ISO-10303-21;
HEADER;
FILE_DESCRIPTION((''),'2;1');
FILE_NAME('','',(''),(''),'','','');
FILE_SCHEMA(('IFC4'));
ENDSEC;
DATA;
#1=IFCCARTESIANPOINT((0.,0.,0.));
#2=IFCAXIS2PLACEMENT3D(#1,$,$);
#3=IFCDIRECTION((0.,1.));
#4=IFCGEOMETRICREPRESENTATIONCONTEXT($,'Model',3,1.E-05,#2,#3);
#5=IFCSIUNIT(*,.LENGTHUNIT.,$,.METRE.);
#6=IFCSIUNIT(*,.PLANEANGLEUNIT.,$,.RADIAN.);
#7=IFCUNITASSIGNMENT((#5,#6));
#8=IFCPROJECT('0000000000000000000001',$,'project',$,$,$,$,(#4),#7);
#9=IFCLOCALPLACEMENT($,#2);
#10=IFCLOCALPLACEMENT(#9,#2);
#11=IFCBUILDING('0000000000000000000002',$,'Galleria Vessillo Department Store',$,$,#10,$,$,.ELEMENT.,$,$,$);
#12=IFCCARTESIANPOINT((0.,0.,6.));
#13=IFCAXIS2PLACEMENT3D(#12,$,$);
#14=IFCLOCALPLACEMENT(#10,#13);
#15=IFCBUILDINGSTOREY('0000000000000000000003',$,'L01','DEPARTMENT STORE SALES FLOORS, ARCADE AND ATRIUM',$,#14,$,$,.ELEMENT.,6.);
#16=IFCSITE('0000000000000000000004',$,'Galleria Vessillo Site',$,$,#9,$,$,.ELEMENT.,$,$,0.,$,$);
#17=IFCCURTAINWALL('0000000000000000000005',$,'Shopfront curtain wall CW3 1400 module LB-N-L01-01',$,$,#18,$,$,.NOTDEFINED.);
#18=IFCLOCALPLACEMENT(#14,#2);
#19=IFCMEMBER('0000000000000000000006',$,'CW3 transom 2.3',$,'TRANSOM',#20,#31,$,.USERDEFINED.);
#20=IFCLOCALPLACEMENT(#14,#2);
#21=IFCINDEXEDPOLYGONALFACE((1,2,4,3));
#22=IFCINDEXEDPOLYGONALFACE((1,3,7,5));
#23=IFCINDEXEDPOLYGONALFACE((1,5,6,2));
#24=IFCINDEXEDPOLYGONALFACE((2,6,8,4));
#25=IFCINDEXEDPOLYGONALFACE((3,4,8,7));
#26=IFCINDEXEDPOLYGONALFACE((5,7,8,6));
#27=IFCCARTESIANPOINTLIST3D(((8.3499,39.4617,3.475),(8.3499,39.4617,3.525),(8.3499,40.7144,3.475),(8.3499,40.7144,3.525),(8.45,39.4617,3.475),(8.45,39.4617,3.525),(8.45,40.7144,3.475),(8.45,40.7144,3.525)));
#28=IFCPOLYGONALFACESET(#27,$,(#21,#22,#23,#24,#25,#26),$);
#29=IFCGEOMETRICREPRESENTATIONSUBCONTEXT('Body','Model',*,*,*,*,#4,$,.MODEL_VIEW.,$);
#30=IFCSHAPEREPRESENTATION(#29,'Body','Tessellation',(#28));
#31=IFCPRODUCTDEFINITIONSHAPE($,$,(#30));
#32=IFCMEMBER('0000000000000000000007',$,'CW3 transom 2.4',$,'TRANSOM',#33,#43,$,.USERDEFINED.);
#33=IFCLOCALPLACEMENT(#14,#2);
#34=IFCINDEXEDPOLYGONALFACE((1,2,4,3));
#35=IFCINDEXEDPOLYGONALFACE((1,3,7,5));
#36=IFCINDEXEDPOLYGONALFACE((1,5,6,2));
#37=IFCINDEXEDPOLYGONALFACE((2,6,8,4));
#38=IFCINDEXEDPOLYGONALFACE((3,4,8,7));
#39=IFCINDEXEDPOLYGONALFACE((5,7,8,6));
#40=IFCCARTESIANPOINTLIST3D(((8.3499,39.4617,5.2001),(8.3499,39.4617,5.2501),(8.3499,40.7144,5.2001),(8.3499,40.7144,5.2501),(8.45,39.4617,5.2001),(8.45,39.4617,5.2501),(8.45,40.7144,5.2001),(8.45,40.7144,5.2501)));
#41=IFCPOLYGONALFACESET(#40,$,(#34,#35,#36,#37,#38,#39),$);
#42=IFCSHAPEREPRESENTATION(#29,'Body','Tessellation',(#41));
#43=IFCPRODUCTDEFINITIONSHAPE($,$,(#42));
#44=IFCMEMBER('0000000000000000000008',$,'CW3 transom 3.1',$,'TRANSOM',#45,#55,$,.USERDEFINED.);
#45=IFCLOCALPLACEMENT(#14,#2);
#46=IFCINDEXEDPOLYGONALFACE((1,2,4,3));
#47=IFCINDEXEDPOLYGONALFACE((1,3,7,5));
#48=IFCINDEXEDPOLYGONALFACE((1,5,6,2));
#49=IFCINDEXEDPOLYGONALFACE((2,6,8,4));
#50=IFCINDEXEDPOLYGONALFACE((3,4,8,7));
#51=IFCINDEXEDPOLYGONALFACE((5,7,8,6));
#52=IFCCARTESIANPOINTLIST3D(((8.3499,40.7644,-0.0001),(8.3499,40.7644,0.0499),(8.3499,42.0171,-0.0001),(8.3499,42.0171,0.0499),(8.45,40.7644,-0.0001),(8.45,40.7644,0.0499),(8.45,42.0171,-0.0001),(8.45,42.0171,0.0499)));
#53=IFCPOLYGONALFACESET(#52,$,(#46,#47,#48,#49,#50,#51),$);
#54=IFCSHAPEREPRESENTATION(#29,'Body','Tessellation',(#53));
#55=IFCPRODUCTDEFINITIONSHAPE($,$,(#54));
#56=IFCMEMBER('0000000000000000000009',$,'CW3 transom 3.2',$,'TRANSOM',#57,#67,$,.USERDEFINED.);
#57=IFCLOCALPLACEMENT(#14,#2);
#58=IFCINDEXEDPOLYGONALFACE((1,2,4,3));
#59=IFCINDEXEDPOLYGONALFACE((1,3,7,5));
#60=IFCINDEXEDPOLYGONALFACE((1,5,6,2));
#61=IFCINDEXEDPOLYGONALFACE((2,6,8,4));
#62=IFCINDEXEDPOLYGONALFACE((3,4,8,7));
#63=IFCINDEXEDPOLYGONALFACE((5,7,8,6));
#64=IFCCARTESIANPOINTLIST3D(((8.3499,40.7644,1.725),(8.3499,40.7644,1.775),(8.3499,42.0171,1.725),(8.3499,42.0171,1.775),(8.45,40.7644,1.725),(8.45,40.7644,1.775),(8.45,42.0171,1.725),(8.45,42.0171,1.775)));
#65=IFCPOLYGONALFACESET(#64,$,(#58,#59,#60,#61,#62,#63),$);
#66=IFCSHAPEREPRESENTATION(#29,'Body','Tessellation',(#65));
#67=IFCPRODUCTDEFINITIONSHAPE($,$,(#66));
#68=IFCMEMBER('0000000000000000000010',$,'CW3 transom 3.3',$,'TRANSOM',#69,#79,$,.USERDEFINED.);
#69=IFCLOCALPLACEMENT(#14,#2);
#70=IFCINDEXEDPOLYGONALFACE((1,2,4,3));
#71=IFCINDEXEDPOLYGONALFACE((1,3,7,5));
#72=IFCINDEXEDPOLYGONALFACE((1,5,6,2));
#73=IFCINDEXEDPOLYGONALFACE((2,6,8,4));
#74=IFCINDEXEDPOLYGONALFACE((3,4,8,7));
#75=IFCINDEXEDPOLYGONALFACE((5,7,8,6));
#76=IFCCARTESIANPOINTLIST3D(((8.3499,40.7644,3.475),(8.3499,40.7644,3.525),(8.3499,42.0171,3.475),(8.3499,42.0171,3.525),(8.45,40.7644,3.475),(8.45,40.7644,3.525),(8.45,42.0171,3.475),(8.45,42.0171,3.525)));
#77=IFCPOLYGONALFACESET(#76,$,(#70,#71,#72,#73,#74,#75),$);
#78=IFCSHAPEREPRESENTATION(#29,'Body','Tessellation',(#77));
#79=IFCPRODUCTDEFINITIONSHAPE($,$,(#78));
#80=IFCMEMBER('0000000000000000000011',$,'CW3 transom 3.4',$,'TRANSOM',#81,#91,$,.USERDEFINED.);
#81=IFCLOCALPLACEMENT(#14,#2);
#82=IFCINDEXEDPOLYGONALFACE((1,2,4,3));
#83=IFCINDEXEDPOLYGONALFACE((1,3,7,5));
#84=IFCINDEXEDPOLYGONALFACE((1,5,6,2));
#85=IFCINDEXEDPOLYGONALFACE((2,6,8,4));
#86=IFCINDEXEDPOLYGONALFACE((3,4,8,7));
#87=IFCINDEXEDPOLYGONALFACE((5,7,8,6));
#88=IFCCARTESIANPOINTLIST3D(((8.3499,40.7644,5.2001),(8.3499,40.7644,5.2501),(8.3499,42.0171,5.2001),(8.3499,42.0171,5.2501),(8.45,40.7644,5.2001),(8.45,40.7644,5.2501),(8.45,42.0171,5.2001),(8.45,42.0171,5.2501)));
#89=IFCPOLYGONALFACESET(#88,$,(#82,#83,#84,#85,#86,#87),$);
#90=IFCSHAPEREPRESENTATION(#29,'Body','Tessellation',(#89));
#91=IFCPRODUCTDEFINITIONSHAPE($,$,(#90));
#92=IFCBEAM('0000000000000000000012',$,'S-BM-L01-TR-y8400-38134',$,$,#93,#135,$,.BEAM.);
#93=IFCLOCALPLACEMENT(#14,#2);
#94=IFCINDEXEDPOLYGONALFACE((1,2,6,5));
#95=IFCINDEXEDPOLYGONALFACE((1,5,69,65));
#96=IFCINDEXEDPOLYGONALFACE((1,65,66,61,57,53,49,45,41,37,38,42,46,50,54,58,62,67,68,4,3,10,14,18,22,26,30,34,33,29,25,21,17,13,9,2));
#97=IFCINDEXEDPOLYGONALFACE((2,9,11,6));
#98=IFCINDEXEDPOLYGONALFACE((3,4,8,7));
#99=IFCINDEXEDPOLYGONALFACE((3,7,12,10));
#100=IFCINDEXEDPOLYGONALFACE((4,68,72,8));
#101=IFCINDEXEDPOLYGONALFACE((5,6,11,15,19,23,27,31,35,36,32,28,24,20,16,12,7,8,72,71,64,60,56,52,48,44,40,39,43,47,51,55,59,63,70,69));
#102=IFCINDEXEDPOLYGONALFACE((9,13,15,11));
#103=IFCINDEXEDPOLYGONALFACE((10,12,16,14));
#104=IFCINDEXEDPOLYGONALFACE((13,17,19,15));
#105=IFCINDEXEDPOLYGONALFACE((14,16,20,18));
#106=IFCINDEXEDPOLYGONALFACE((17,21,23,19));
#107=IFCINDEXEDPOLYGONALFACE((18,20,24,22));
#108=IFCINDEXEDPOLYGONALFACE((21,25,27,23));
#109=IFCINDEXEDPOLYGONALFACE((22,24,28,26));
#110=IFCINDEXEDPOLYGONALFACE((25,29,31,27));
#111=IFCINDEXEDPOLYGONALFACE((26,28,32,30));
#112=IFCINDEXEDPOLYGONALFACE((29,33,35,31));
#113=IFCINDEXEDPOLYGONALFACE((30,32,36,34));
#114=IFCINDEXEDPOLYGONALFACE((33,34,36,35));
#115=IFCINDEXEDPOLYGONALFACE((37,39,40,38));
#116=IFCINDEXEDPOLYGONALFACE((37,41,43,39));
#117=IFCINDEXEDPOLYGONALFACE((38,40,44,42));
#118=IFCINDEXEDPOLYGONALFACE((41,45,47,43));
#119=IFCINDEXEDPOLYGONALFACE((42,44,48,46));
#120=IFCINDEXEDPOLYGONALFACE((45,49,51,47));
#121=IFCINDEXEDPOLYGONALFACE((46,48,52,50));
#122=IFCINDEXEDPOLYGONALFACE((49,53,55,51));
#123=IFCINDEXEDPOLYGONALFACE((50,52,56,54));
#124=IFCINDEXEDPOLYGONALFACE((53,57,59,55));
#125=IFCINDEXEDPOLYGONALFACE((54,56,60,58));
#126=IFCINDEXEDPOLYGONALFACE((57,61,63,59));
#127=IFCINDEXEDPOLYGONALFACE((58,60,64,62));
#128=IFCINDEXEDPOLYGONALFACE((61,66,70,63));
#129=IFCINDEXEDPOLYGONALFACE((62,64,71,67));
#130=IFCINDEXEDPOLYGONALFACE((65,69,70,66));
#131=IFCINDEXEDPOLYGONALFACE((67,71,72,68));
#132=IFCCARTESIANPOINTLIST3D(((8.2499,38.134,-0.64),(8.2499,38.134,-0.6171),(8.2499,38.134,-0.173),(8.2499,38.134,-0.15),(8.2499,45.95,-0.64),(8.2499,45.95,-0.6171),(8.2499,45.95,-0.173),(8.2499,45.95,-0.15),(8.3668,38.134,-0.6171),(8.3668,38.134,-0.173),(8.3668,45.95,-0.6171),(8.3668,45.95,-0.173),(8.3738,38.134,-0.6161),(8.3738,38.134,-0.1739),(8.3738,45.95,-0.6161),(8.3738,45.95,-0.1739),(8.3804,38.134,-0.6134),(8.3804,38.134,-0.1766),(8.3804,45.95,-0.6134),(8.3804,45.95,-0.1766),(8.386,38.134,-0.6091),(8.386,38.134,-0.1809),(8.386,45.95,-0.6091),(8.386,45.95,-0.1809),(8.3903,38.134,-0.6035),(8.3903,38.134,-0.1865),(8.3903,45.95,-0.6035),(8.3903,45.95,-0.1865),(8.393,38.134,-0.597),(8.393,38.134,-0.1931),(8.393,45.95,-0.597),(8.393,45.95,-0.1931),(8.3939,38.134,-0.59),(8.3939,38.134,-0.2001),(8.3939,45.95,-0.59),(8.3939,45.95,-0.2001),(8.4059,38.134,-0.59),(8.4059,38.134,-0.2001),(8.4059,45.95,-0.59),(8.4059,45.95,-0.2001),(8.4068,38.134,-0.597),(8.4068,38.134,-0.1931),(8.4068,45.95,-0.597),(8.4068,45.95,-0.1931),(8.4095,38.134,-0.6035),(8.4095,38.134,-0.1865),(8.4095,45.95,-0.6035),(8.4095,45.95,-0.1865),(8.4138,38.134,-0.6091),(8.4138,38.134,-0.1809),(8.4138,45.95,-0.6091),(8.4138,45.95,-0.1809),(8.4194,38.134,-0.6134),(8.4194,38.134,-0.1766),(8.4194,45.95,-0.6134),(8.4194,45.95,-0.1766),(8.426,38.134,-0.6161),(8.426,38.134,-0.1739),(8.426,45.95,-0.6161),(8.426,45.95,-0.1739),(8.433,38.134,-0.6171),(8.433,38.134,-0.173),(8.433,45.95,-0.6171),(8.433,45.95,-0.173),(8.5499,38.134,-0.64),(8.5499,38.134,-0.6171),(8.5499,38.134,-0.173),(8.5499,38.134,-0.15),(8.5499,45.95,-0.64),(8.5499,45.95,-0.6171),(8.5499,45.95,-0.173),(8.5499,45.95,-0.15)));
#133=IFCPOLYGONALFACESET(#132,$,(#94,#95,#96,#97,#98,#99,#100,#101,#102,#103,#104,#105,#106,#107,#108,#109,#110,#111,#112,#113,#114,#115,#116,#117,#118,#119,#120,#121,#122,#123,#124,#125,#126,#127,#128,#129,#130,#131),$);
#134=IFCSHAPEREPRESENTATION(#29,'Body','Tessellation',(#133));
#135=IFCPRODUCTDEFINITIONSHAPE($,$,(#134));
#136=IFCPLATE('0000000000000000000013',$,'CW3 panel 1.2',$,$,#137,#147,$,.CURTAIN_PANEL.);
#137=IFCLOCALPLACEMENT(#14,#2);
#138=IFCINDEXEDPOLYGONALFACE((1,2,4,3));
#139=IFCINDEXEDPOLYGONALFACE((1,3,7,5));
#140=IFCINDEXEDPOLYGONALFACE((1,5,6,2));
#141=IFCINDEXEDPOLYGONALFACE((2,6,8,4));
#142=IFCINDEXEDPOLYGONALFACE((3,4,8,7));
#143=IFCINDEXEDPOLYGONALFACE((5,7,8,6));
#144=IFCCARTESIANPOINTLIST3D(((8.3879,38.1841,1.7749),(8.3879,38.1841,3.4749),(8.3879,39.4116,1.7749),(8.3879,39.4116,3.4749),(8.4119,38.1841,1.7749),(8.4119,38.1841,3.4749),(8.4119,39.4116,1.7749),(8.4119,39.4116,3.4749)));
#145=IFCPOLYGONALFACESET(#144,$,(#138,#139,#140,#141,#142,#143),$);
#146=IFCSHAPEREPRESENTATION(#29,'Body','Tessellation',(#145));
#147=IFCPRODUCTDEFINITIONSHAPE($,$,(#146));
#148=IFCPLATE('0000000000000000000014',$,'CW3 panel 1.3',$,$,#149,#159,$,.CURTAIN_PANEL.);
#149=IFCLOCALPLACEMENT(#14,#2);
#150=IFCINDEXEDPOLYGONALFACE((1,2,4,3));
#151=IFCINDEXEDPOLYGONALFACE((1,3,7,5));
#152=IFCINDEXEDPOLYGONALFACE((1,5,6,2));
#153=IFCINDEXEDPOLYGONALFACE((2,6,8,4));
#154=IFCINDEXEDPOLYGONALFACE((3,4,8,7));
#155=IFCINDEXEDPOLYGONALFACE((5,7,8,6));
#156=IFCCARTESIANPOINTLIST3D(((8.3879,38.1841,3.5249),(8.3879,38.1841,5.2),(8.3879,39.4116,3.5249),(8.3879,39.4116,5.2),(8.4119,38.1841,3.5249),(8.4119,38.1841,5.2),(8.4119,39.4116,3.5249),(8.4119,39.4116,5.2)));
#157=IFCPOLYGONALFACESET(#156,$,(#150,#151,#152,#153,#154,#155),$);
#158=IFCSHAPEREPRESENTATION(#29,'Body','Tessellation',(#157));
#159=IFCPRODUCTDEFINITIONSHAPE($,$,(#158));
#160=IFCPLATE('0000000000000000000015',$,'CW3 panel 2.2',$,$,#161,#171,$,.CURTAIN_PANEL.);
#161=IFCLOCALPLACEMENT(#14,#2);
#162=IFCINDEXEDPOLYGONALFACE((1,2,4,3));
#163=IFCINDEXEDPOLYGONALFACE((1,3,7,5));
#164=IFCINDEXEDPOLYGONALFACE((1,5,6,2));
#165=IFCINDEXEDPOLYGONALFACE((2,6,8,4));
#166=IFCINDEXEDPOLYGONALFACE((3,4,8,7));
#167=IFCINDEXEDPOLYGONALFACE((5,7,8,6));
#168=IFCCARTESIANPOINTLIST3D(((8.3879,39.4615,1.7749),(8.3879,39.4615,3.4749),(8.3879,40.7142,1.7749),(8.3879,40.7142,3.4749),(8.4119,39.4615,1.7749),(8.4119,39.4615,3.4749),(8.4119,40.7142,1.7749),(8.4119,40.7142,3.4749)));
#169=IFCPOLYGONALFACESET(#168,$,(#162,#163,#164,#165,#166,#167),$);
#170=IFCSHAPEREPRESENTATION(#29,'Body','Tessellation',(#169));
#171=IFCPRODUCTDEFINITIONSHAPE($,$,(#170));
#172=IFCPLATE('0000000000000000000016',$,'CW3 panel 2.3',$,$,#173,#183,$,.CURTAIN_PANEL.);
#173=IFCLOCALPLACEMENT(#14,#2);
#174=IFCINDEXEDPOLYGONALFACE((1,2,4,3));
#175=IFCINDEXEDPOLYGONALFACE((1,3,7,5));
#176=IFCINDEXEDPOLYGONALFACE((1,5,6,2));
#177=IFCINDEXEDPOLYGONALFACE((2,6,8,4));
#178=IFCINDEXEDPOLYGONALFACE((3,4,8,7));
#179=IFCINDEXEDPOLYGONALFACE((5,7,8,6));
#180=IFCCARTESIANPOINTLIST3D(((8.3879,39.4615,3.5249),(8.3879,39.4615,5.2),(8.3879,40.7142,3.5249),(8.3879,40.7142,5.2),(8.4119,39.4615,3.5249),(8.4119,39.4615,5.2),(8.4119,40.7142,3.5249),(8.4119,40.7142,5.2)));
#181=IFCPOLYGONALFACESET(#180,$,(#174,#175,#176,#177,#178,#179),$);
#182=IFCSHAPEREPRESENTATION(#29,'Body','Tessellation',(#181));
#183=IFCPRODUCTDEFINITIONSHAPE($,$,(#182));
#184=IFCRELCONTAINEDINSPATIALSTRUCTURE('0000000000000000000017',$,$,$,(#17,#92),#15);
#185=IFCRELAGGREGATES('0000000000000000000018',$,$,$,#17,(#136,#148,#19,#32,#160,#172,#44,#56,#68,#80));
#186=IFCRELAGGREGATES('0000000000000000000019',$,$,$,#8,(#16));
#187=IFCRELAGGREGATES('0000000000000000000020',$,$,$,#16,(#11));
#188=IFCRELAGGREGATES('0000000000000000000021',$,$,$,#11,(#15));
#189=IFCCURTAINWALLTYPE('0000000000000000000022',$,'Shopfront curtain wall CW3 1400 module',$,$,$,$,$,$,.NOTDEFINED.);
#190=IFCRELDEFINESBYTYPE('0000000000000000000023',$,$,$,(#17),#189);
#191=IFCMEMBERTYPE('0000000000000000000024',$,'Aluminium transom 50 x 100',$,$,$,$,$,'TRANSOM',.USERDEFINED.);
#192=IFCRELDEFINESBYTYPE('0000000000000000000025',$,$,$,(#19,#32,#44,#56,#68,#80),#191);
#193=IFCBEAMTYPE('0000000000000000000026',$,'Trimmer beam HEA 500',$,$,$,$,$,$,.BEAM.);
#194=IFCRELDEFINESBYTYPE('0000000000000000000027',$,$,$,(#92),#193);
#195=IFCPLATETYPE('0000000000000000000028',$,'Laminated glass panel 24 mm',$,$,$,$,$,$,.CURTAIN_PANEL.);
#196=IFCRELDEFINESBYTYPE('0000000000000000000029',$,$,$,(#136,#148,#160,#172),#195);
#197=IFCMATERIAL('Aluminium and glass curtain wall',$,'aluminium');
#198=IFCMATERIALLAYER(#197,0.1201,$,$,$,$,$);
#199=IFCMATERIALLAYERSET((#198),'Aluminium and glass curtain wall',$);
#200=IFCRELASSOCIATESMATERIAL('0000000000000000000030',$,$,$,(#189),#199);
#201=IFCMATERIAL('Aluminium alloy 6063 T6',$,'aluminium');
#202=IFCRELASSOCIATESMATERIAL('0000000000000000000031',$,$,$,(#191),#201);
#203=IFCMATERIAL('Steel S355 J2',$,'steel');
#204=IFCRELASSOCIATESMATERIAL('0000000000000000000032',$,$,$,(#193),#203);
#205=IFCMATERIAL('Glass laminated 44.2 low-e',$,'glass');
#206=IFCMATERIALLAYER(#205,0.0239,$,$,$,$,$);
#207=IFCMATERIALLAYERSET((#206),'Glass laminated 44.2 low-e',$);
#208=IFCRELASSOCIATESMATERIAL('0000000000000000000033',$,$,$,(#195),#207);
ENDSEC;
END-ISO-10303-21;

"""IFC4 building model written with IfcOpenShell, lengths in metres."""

from ifc_helpers import new_model, si_unit, direction, frame, origin, origin_2d, place, context, subcontext, project, spatial, rectangle, i_section, extrude, material, layer, layer_set, material_profile, profile_set, type_object, element, aggregate, save


model = new_model("IFC4")

# Units and contexts
model_context = context("Model", 3, precision=1e-05, world=origin(), true_north=direction((0.0, 1.0)))
body_context = subcontext(model_context, "Body", "Model", "MODEL_VIEW")
ifc_project = project(units=[si_unit("LENGTHUNIT", "METRE"), si_unit("PLANEANGLEUNIT", "RADIAN")], contexts=[model_context])

# Site, building, storey
site_placement = place(None, origin())
site = spatial("IfcSite", under=ifc_project, at=site_placement, Name="Galleria Vessillo Site", CompositionType="ELEMENT", RefElevation=0.0)
building_placement = place(site_placement, origin())
building = spatial("IfcBuilding", under=site, at=building_placement, Name="Galleria Vessillo Department Store", CompositionType="ELEMENT")
storey_placement = place(building_placement, frame((0.0, 0.0, 6.0)))
storey = spatial("IfcBuildingStorey", under=building, at=storey_placement, Name="L01", Description="DEPARTMENT STORE SALES FLOORS, ARCADE AND ATRIUM", CompositionType="ELEMENT", Elevation=6.0)

# Curtain wall, members
ifc_material_1 = material(Name="Aluminium and glass curtain wall", Category="aluminium")
ifc_layer_1 = layer(ifc_material_1, 0.1201)
ifc_layer_set_1 = layer_set([ifc_layer_1], Name="Aluminium and glass curtain wall")
curtain_wall_type = type_object("IfcCurtainWallType", Name="Shopfront curtain wall CW3 1400 module", PredefinedType="NOTDEFINED", material=ifc_layer_set_1)
curtain_wall_placement = place(storey_placement, origin())
curtain_wall = element("IfcCurtainWall", 1, at=curtain_wall_placement, inside=storey, type_object=curtain_wall_type, Name="Shopfront curtain wall CW3 1400 module LB-N-L01-01", PredefinedType="NOTDEFINED")
ifc_material_2 = material(Name="Aluminium alloy 6063 T6", Category="aluminium")
ifc_material_profile_1 = material_profile(ifc_material_2, rectangle(XDim=0.1001, YDim=0.05, at=origin_2d()), Name="AL 50x100")
ifc_profile_set_1 = profile_set([ifc_material_profile_1], Name="Aluminium alloy 6063 T6")
member_type_1 = type_object("IfcMemberType", Name="Aluminium transom 50 x 100", ElementType="TRANSOM", PredefinedType="USERDEFINED", material=ifc_profile_set_1)
member_1_placement = place(storey_placement, frame((8.3999, 39.4617, 3.5), z_axis=(0.0, 1.0, 0.0), x_axis=(-1.0, 0.0, 0.0)))
member_1 = element("IfcMember", 2, at=member_1_placement, type_object=member_type_1, Name="CW3 transom 2.3", ObjectType="TRANSOM", PredefinedType="USERDEFINED", context=body_context, shape_type="SweptSolid", body=[
    extrude(rectangle(XDim=0.1001, YDim=0.05, at=origin_2d()), origin(), (0.0, 0.0, 1.0), 1.2527),
])
member_2_placement = place(storey_placement, frame((8.3999, 39.4617, 5.2251), z_axis=(0.0, 1.0, 0.0), x_axis=(-1.0, 0.0, 0.0)))
member_2 = element("IfcMember", 3, at=member_2_placement, type_object=member_type_1, Name="CW3 transom 2.4", ObjectType="TRANSOM", PredefinedType="USERDEFINED", context=body_context, shape_type="SweptSolid", body=[
    extrude(rectangle(XDim=0.1001, YDim=0.05, at=origin_2d()), origin(), (0.0, 0.0, 1.0), 1.2527),
])
member_3_placement = place(storey_placement, frame((8.3999, 40.7644, 0.0249), z_axis=(0.0, 1.0, 0.0), x_axis=(-1.0, 0.0, 0.0)))
member_3 = element("IfcMember", 4, at=member_3_placement, type_object=member_type_1, Name="CW3 transom 3.1", ObjectType="TRANSOM", PredefinedType="USERDEFINED", context=body_context, shape_type="SweptSolid", body=[
    extrude(rectangle(XDim=0.1001, YDim=0.05, at=origin_2d()), origin(), (0.0, 0.0, 1.0), 1.2527),
])
member_4_placement = place(storey_placement, frame((8.3999, 40.7644, 1.75), z_axis=(0.0, 1.0, 0.0), x_axis=(-1.0, 0.0, 0.0)))
member_4 = element("IfcMember", 5, at=member_4_placement, type_object=member_type_1, Name="CW3 transom 3.2", ObjectType="TRANSOM", PredefinedType="USERDEFINED", context=body_context, shape_type="SweptSolid", body=[
    extrude(rectangle(XDim=0.1001, YDim=0.05, at=origin_2d()), origin(), (0.0, 0.0, 1.0), 1.2527),
])
member_5_placement = place(storey_placement, frame((8.3999, 40.7644, 3.5), z_axis=(0.0, 1.0, 0.0), x_axis=(-1.0, 0.0, 0.0)))
member_5 = element("IfcMember", 6, at=member_5_placement, type_object=member_type_1, Name="CW3 transom 3.3", ObjectType="TRANSOM", PredefinedType="USERDEFINED", context=body_context, shape_type="SweptSolid", body=[
    extrude(rectangle(XDim=0.1001, YDim=0.05, at=origin_2d()), origin(), (0.0, 0.0, 1.0), 1.2527),
])
member_6_placement = place(storey_placement, frame((8.3999, 40.7644, 5.2251), z_axis=(0.0, 1.0, 0.0), x_axis=(-1.0, 0.0, 0.0)))
member_6 = element("IfcMember", 7, at=member_6_placement, type_object=member_type_1, Name="CW3 transom 3.4", ObjectType="TRANSOM", PredefinedType="USERDEFINED", context=body_context, shape_type="SweptSolid", body=[
    extrude(rectangle(XDim=0.1001, YDim=0.05, at=origin_2d()), origin(), (0.0, 0.0, 1.0), 1.2527),
])

# Beam
ifc_material_3 = material(Name="Steel S355 J2", Category="steel")
ifc_material_profile_2 = material_profile(ifc_material_3, i_section(OverallWidth=0.3, OverallDepth=0.49, WebThickness=0.012, FlangeThickness=0.0229, FilletRadius=0.0271, at=origin_2d()), Name="HEA 500")
ifc_profile_set_2 = profile_set([ifc_material_profile_2], Name="Steel S355 J2")
beam_type = type_object("IfcBeamType", Name="Trimmer beam HEA 500", PredefinedType="BEAM", material=ifc_profile_set_2)
beam_placement = place(storey_placement, frame((8.3999, 38.134, -0.395), z_axis=(0.0, 1.0, 0.0), x_axis=(-1.0, 0.0, 0.0)))
element("IfcBeam", 8, at=beam_placement, inside=storey, type_object=beam_type, Name="S-BM-L01-TR-y8400-38134", PredefinedType="BEAM", context=body_context, shape_type="SweptSolid", body=[
    extrude(i_section(OverallWidth=0.3, OverallDepth=0.49, WebThickness=0.012, FlangeThickness=0.0229, FilletRadius=0.0271, at=origin_2d()), origin(), (0.0, 0.0, 1.0), 7.8159),
])

# Plates
ifc_material_4 = material(Name="Glass laminated 44.2 low-e", Category="glass")
ifc_layer_2 = layer(ifc_material_4, 0.0239)
ifc_layer_set_2 = layer_set([ifc_layer_2], Name="Glass laminated 44.2 low-e")
plate_type_1 = type_object("IfcPlateType", Name="Laminated glass panel 24 mm", PredefinedType="CURTAIN_PANEL", material=ifc_layer_set_2)
plate_1_placement = place(storey_placement, frame((8.3999, 38.7979, 1.7749), z_axis=(0.0, 0.0, 1.0), x_axis=(0.0, 1.0, 0.0)))
plate_1 = element("IfcPlate", 9, at=plate_1_placement, type_object=plate_type_1, Name="CW3 panel 1.2", PredefinedType="CURTAIN_PANEL", context=body_context, shape_type="SweptSolid", body=[
    extrude(rectangle(XDim=1.2275, YDim=0.0239, at=origin_2d()), origin(), (0.0, 0.0, 1.0), 1.7),
])
plate_2_placement = place(storey_placement, frame((8.3999, 38.7979, 3.5249), z_axis=(0.0, 0.0, 1.0), x_axis=(0.0, 1.0, 0.0)))
plate_2 = element("IfcPlate", 10, at=plate_2_placement, type_object=plate_type_1, Name="CW3 panel 1.3", PredefinedType="CURTAIN_PANEL", context=body_context, shape_type="SweptSolid", body=[
    extrude(rectangle(XDim=1.2275, YDim=0.0239, at=origin_2d()), origin(), (0.0, 0.0, 1.0), 1.675),
])
plate_3_placement = place(storey_placement, frame((8.3999, 40.0879, 1.7749), z_axis=(0.0, 0.0, 1.0), x_axis=(0.0, 1.0, 0.0)))
plate_3 = element("IfcPlate", 11, at=plate_3_placement, type_object=plate_type_1, Name="CW3 panel 2.2", PredefinedType="CURTAIN_PANEL", context=body_context, shape_type="SweptSolid", body=[
    extrude(rectangle(XDim=1.2527, YDim=0.0239, at=origin_2d()), origin(), (0.0, 0.0, 1.0), 1.7),
])
plate_4_placement = place(storey_placement, frame((8.3999, 40.0879, 3.5249), z_axis=(0.0, 0.0, 1.0), x_axis=(0.0, 1.0, 0.0)))
plate_4 = element("IfcPlate", 12, at=plate_4_placement, type_object=plate_type_1, Name="CW3 panel 2.3", PredefinedType="CURTAIN_PANEL", context=body_context, shape_type="SweptSolid", body=[
    extrude(rectangle(XDim=1.2527, YDim=0.0239, at=origin_2d()), origin(), (0.0, 0.0, 1.0), 1.675),
])
aggregate(curtain_wall, [plate_1, plate_2, member_1, member_2, plate_3, plate_4, member_3, member_4, member_5, member_6])

save(model, "model.ifc")
